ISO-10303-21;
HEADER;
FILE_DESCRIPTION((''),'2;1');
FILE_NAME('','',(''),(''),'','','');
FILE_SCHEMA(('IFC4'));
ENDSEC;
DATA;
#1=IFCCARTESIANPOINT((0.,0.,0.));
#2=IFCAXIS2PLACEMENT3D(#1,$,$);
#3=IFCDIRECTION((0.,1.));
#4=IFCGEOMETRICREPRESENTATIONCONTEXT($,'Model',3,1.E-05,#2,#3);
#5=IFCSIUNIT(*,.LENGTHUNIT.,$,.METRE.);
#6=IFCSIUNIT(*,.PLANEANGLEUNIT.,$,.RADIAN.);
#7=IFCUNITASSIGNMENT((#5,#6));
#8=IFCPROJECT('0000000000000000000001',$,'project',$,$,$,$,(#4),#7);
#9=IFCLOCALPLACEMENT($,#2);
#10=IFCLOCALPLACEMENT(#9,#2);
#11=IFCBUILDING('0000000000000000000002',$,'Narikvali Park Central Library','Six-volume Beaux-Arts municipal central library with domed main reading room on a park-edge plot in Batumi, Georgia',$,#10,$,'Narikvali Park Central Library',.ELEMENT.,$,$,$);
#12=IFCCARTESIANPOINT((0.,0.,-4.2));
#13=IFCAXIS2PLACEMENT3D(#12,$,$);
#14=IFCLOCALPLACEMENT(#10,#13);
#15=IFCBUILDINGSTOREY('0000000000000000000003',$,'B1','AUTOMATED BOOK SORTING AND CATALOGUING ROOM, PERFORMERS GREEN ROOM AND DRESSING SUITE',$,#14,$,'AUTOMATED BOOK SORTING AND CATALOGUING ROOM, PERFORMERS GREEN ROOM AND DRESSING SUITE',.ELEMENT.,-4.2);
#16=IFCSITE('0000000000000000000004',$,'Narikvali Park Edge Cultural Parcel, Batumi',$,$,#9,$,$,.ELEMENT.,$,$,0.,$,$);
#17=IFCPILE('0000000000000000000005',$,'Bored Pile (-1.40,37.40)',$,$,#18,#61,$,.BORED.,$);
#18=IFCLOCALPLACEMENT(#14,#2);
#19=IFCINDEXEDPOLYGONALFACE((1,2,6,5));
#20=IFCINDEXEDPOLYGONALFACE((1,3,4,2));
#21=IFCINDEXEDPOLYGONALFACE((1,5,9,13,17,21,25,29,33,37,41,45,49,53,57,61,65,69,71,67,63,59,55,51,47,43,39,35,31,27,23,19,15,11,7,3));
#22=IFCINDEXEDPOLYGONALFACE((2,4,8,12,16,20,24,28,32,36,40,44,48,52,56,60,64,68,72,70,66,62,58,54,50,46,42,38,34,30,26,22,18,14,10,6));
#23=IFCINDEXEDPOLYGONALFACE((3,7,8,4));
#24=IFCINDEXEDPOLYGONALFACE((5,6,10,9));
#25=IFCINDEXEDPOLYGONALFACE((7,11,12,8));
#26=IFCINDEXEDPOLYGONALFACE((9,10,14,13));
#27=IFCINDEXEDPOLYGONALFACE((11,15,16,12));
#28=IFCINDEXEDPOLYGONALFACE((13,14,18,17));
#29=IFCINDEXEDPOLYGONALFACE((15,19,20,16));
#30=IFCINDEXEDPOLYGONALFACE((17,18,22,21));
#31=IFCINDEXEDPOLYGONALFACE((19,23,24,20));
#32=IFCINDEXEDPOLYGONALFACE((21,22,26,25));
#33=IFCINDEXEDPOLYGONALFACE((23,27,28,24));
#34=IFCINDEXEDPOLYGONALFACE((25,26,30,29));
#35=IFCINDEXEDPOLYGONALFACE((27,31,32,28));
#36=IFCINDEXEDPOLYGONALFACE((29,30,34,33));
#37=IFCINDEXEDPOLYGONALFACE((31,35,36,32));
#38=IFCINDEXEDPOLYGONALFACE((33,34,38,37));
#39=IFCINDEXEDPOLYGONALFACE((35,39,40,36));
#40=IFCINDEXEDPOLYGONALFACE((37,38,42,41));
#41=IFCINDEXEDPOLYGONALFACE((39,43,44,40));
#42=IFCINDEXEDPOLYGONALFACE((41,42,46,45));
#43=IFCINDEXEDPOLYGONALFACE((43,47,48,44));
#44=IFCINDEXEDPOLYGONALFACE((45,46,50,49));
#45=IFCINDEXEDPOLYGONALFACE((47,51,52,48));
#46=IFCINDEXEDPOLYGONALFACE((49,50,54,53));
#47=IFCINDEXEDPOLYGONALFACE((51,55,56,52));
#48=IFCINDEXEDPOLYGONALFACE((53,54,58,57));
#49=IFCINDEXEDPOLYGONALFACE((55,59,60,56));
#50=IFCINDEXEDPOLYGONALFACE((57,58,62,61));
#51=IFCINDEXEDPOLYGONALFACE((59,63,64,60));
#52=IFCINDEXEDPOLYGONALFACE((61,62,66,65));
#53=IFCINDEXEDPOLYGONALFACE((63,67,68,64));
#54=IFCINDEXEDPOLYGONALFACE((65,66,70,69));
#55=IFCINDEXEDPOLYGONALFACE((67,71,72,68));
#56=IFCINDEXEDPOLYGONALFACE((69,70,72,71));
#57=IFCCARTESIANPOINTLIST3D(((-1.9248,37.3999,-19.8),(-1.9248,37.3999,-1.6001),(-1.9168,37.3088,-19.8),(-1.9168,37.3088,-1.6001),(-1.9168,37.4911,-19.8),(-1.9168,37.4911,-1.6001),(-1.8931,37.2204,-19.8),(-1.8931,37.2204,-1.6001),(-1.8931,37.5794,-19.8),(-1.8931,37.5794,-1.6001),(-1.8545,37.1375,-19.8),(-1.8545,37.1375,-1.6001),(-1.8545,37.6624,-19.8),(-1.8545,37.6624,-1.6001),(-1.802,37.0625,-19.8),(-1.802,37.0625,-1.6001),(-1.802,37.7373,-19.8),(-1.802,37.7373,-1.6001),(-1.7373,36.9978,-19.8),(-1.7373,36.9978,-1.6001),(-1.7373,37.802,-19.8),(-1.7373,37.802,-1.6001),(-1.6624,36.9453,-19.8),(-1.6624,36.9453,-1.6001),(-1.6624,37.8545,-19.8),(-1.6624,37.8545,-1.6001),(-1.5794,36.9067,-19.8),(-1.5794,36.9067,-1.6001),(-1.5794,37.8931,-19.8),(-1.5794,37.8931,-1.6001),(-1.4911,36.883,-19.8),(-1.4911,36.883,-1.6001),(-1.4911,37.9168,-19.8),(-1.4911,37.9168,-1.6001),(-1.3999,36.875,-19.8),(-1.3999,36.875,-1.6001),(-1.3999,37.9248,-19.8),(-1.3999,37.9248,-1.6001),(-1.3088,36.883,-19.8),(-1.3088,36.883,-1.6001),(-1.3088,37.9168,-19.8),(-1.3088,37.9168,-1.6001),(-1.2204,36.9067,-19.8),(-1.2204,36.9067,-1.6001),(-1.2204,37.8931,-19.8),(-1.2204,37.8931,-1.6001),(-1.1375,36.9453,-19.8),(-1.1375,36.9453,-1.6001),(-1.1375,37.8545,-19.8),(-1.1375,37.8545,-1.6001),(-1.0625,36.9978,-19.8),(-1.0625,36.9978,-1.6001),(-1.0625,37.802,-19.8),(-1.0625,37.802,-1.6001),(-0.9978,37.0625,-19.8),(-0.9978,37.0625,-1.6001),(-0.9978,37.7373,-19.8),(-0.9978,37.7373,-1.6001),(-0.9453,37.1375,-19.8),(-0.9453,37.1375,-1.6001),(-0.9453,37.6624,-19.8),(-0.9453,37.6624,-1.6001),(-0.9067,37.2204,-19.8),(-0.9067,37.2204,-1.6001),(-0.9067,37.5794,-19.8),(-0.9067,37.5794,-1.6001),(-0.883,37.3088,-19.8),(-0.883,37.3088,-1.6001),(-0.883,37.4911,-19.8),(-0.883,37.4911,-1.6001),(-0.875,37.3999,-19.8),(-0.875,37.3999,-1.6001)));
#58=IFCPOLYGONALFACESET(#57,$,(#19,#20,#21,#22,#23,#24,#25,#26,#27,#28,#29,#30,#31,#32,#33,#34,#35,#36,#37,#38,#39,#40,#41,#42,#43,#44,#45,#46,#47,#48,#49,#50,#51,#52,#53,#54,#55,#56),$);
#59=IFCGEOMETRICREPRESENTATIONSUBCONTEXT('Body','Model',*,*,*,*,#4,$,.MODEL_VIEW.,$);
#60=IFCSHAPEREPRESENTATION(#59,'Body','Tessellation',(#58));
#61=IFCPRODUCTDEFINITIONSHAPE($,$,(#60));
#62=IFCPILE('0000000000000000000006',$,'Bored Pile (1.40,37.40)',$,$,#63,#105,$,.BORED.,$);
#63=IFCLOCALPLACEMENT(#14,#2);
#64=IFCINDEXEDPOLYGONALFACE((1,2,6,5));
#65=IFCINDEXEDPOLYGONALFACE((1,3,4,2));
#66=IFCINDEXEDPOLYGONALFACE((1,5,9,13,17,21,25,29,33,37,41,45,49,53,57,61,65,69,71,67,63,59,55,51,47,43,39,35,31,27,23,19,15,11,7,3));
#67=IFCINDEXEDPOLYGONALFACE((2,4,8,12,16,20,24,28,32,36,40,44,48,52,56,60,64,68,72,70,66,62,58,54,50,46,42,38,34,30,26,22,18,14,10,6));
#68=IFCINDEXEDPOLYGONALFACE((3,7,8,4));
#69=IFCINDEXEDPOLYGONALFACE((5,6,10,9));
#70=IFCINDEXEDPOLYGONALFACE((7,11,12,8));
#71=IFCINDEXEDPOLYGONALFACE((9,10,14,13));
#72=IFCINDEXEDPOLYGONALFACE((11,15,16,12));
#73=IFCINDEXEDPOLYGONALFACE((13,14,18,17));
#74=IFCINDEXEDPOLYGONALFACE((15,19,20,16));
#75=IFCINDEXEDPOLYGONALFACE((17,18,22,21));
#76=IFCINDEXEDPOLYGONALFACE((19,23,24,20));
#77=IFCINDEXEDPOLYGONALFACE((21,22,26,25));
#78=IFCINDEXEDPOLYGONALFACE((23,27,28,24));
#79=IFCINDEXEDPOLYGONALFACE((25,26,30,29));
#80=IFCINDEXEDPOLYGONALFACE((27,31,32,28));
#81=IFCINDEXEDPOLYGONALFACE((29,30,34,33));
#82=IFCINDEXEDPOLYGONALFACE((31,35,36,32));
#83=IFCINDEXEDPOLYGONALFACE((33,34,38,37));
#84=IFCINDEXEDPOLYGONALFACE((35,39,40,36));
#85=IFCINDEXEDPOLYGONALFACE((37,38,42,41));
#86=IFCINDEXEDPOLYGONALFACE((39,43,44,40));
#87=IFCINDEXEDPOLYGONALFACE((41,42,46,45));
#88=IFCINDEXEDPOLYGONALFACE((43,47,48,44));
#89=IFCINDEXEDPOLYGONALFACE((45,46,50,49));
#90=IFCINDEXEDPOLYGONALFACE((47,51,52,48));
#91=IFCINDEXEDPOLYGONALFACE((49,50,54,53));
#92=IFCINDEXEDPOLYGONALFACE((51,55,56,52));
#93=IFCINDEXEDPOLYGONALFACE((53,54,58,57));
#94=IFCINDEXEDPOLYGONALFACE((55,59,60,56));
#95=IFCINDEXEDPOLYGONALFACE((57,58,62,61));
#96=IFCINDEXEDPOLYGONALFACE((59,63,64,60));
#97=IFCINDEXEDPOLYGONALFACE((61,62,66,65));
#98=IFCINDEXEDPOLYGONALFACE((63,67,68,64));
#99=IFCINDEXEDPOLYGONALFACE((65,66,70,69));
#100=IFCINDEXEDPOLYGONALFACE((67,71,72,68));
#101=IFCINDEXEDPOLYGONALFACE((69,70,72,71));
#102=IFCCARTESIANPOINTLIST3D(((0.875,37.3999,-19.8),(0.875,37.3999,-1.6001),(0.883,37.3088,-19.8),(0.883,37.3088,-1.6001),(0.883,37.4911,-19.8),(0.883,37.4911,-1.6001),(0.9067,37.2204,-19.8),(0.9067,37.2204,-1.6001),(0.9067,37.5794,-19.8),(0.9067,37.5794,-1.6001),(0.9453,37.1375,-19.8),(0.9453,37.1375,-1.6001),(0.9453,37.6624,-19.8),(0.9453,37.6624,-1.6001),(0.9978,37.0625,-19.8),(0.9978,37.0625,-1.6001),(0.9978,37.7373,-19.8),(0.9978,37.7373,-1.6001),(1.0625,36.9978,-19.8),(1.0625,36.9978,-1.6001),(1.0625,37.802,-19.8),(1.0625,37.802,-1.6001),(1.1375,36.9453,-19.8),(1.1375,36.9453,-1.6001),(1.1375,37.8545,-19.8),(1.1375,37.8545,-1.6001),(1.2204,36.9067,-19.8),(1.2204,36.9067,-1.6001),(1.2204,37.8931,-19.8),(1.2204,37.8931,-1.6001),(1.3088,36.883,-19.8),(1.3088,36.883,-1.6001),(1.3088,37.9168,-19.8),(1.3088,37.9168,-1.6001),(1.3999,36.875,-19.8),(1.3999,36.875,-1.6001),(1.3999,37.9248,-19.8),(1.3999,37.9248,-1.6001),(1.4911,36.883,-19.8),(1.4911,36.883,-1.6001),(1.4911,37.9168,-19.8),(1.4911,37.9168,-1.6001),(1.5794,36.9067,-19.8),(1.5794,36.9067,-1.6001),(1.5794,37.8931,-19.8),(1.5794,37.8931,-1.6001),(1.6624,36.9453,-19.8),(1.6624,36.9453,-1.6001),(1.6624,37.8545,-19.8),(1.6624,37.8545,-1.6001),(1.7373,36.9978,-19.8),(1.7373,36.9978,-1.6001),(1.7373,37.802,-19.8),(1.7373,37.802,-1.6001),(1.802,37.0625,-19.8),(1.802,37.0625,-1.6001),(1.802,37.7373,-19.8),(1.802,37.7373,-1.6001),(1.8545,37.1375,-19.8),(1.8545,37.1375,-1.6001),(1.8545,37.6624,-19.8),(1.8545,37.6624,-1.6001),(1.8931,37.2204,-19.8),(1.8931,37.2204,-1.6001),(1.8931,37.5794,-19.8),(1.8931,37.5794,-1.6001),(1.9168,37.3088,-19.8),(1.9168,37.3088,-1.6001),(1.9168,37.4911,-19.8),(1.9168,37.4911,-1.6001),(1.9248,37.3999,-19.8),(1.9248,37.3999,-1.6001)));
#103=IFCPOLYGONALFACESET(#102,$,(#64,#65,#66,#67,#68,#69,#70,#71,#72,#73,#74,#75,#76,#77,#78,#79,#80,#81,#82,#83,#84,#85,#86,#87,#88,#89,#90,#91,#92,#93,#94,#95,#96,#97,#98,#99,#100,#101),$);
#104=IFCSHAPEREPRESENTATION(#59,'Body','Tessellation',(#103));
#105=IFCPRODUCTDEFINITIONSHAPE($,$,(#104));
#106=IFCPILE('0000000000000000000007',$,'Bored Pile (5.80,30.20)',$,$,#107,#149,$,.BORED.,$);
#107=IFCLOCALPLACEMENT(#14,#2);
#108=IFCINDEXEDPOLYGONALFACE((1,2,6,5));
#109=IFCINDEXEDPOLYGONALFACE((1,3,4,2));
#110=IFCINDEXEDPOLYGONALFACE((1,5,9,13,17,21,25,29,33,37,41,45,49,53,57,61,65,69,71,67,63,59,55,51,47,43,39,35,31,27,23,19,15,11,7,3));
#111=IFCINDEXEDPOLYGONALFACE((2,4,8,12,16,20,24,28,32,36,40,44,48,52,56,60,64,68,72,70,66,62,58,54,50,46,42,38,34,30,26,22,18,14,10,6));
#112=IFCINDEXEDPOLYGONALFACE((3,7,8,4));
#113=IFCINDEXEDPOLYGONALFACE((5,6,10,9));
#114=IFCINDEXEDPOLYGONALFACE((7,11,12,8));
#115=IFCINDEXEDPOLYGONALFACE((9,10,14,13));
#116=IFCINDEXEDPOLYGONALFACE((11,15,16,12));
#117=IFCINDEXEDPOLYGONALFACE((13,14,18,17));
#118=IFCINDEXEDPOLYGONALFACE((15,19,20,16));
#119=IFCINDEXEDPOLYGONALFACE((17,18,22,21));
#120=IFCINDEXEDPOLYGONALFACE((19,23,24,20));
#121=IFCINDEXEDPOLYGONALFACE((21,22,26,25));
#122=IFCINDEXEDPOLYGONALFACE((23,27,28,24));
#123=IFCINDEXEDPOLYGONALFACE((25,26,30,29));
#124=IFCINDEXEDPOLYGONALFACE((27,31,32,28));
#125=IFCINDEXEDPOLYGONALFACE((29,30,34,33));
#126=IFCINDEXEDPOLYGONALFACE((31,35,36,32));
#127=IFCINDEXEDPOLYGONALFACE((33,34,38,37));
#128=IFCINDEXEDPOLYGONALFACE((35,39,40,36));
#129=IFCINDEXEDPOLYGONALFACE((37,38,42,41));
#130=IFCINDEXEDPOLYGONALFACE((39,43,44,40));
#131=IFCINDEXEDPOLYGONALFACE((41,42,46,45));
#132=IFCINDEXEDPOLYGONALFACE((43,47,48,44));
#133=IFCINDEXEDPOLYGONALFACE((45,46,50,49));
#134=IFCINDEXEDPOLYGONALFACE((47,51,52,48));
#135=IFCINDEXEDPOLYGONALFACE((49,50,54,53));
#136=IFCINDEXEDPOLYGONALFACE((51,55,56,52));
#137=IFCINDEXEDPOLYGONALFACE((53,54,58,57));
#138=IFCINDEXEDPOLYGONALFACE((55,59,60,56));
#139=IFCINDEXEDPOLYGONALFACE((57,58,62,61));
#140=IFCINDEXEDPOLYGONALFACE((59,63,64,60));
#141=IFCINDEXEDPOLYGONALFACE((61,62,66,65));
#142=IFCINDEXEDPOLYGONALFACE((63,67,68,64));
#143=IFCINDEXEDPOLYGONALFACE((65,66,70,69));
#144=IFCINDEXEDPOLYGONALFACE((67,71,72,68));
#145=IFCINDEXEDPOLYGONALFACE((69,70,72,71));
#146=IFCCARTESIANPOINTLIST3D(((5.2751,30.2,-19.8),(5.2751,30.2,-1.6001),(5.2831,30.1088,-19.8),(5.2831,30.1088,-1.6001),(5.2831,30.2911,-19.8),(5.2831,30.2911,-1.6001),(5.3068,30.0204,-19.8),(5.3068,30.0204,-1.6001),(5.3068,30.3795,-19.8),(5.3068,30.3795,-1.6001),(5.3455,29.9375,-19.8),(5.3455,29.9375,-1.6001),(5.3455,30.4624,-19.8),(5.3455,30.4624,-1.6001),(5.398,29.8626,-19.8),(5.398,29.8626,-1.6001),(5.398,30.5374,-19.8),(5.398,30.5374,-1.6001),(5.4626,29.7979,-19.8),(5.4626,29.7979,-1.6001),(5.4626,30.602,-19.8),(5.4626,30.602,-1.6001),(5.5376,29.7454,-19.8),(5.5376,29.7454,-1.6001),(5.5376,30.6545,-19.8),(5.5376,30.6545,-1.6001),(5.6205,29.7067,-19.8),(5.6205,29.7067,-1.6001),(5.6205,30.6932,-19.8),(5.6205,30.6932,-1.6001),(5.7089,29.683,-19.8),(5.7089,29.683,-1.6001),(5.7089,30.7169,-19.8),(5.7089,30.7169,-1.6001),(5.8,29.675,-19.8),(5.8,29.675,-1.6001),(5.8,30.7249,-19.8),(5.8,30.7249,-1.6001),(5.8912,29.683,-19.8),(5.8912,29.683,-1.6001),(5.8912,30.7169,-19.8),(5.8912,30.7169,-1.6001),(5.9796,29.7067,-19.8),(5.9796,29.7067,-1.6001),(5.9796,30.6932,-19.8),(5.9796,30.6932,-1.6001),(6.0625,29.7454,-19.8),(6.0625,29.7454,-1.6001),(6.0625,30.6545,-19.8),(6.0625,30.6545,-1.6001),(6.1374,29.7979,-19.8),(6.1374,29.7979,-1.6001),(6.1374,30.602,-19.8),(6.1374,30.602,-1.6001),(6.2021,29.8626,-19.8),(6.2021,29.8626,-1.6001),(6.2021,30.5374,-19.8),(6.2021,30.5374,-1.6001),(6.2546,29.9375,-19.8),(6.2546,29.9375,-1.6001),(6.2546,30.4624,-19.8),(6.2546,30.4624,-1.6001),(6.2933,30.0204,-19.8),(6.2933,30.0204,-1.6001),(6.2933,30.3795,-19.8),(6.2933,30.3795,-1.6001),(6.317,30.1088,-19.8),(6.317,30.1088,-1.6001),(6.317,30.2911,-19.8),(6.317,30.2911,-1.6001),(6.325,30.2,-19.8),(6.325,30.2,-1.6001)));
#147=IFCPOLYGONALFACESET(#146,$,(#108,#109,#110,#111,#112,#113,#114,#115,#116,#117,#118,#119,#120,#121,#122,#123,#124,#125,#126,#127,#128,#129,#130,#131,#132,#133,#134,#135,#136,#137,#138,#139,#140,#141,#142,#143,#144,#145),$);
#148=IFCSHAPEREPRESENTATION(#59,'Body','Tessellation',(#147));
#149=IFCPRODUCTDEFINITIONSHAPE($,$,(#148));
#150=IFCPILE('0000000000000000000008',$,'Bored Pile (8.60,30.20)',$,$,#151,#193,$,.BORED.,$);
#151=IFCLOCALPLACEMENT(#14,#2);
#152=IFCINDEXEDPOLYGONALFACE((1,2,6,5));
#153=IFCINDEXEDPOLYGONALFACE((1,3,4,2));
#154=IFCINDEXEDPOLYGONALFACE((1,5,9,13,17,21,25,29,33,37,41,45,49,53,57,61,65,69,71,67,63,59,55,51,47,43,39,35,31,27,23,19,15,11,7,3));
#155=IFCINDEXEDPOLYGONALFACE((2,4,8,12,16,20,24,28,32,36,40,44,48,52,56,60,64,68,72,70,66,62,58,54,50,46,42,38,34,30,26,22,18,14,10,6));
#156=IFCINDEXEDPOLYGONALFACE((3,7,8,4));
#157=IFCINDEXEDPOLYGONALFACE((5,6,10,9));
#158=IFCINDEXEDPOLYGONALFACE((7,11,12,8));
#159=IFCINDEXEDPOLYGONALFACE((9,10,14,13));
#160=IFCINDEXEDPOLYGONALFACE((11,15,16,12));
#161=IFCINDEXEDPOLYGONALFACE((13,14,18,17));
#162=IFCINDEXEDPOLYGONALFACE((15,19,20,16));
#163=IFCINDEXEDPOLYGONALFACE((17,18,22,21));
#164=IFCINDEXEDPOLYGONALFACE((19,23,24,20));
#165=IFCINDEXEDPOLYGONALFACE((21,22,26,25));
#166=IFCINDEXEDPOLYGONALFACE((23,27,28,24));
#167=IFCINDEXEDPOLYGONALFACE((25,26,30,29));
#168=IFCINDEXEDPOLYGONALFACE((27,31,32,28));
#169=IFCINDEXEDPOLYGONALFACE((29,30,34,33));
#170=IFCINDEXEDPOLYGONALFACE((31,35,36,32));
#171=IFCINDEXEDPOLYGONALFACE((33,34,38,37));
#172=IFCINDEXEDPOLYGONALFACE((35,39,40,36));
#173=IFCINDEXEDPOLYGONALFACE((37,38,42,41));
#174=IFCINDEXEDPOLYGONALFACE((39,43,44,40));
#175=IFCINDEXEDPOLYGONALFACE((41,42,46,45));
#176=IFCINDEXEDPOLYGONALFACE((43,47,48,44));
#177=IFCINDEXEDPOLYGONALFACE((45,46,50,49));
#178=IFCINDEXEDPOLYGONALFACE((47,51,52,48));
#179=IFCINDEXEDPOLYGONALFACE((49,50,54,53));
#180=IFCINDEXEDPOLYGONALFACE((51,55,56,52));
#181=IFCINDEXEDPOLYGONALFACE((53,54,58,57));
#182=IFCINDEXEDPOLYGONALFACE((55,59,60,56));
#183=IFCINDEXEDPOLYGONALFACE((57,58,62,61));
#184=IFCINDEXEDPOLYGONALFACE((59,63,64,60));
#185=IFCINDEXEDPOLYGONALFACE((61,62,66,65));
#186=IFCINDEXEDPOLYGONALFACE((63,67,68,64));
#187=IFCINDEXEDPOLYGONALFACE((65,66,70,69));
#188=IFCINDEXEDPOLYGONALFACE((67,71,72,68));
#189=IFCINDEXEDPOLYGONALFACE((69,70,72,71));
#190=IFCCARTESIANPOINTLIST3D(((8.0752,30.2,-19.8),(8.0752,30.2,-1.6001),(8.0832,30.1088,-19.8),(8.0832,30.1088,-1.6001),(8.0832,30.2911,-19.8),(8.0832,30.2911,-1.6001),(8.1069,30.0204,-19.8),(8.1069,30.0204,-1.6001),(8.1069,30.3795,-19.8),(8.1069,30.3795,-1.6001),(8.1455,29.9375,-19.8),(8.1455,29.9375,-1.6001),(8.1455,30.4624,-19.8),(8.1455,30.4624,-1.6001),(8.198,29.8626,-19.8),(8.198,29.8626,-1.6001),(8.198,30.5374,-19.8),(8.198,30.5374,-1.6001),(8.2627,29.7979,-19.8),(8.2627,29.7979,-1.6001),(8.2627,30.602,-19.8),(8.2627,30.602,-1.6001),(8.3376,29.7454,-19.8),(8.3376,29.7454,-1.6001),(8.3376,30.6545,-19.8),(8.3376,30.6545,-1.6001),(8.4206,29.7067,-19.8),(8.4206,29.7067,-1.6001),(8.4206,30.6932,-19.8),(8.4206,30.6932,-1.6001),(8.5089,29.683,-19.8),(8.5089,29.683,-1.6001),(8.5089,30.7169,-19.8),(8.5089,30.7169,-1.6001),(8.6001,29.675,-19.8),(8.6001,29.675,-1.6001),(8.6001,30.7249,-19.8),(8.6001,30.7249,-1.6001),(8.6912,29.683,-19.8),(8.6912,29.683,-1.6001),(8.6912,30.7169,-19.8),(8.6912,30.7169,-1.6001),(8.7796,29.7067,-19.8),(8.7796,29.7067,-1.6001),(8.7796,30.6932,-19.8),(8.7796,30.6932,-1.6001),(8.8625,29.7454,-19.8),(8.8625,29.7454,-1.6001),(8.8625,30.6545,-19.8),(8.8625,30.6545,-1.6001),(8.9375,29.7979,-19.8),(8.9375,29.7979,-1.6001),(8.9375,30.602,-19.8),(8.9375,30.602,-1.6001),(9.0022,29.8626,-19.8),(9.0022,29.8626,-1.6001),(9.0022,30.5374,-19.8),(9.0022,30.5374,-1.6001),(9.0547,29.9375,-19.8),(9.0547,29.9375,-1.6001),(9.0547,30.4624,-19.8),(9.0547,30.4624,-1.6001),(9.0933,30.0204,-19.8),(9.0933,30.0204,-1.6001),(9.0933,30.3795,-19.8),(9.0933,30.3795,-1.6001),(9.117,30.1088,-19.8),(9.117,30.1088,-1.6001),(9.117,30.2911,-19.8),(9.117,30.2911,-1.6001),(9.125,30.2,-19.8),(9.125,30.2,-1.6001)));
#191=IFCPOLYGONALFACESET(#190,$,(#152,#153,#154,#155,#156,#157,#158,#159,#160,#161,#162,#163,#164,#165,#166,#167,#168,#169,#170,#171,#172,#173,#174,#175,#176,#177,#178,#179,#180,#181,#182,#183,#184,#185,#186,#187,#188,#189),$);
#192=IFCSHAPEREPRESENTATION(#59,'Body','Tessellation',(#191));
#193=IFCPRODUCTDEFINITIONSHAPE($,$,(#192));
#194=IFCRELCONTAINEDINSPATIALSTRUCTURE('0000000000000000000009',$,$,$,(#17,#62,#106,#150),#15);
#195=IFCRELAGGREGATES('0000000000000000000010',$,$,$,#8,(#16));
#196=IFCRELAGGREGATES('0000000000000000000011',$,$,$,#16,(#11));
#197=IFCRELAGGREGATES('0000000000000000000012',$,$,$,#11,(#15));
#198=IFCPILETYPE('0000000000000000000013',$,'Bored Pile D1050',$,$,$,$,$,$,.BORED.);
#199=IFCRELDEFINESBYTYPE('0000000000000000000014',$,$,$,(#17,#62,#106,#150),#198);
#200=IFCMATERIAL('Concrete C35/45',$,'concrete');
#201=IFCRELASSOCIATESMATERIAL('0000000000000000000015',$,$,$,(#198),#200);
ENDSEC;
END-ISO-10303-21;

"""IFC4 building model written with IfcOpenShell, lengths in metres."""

from ifc_helpers import new_model, si_unit, direction, frame, origin, origin_2d, place, context, subcontext, project, spatial, circle, extrude, material, material_profile, profile_set, type_object, element, save


model = new_model("IFC4")

# Units and contexts
model_context = context("Model", 3, precision=1e-05, world=origin(), true_north=direction((0.0, 1.0)))
body_context = subcontext(model_context, "Body", "Model", "MODEL_VIEW")
ifc_project = project(units=[si_unit("LENGTHUNIT", "METRE"), si_unit("PLANEANGLEUNIT", "RADIAN")], contexts=[model_context])

# Site, building, storey
site_placement = place(None, origin())
site = spatial("IfcSite", under=ifc_project, at=site_placement, Name="Narikvali Park Edge Cultural Parcel, Batumi", CompositionType="ELEMENT", RefElevation=0.0)
building_placement = place(site_placement, origin())
building = spatial("IfcBuilding", under=site, at=building_placement, Name="Narikvali Park Central Library", Description="Six-volume Beaux-Arts municipal central library with domed main reading room on a park-edge plot in Batumi, Georgia", LongName="Narikvali Park Central Library", CompositionType="ELEMENT")
storey_placement = place(building_placement, frame((0.0, 0.0, -4.2)))
storey = spatial("IfcBuildingStorey", under=building, at=storey_placement, Name="B1", Description="AUTOMATED BOOK SORTING AND CATALOGUING ROOM, PERFORMERS GREEN ROOM AND DRESSING SUITE", LongName="AUTOMATED BOOK SORTING AND CATALOGUING ROOM, PERFORMERS GREEN ROOM AND DRESSING SUITE", CompositionType="ELEMENT", Elevation=-4.2)

# Piles
ifc_material_1 = material(Name="Concrete C35/45", Category="concrete")
ifc_material_profile_1 = material_profile(ifc_material_1, circle(Radius=0.5249, at=origin_2d()), Name="PILE D1050")
ifc_profile_set_1 = profile_set([ifc_material_profile_1], Name="Concrete C35/45")
pile_type = type_object("IfcPileType", Name="Bored Pile D1050", PredefinedType="BORED", material=ifc_profile_set_1)
for number, where, z_axis, x_axis, name in (
    (1, (-1.3999, 37.3999, -1.6001), (0.0, 0.0, -1.0), (1.0, 0.0, 0.0), "Bored Pile (-1.40,37.40)"),
    (2, (1.3999, 37.3999, -1.6001), (0.0, 0.0, -1.0), (1.0, 0.0, 0.0), "Bored Pile (1.40,37.40)"),
    (3, (5.8, 30.2, -1.6001), (0.0, 0.0, -1.0), (1.0, 0.0, 0.0), "Bored Pile (5.80,30.20)"),
    (4, (8.6001, 30.2, -1.6001), (0.0, 0.0, -1.0), (1.0, 0.0, 0.0), "Bored Pile (8.60,30.20)"),
):
    element("IfcPile", number, at=place(storey_placement, frame(where, z_axis=z_axis, x_axis=x_axis)), inside=storey, type_object=pile_type, Name=name, PredefinedType="BORED", context=body_context, shape_type="SweptSolid", body=[
        extrude(circle(Radius=0.5249, at=origin_2d()), origin(), (0.0, 0.0, 1.0), 18.2),
    ])

save(model, "model.ifc")
